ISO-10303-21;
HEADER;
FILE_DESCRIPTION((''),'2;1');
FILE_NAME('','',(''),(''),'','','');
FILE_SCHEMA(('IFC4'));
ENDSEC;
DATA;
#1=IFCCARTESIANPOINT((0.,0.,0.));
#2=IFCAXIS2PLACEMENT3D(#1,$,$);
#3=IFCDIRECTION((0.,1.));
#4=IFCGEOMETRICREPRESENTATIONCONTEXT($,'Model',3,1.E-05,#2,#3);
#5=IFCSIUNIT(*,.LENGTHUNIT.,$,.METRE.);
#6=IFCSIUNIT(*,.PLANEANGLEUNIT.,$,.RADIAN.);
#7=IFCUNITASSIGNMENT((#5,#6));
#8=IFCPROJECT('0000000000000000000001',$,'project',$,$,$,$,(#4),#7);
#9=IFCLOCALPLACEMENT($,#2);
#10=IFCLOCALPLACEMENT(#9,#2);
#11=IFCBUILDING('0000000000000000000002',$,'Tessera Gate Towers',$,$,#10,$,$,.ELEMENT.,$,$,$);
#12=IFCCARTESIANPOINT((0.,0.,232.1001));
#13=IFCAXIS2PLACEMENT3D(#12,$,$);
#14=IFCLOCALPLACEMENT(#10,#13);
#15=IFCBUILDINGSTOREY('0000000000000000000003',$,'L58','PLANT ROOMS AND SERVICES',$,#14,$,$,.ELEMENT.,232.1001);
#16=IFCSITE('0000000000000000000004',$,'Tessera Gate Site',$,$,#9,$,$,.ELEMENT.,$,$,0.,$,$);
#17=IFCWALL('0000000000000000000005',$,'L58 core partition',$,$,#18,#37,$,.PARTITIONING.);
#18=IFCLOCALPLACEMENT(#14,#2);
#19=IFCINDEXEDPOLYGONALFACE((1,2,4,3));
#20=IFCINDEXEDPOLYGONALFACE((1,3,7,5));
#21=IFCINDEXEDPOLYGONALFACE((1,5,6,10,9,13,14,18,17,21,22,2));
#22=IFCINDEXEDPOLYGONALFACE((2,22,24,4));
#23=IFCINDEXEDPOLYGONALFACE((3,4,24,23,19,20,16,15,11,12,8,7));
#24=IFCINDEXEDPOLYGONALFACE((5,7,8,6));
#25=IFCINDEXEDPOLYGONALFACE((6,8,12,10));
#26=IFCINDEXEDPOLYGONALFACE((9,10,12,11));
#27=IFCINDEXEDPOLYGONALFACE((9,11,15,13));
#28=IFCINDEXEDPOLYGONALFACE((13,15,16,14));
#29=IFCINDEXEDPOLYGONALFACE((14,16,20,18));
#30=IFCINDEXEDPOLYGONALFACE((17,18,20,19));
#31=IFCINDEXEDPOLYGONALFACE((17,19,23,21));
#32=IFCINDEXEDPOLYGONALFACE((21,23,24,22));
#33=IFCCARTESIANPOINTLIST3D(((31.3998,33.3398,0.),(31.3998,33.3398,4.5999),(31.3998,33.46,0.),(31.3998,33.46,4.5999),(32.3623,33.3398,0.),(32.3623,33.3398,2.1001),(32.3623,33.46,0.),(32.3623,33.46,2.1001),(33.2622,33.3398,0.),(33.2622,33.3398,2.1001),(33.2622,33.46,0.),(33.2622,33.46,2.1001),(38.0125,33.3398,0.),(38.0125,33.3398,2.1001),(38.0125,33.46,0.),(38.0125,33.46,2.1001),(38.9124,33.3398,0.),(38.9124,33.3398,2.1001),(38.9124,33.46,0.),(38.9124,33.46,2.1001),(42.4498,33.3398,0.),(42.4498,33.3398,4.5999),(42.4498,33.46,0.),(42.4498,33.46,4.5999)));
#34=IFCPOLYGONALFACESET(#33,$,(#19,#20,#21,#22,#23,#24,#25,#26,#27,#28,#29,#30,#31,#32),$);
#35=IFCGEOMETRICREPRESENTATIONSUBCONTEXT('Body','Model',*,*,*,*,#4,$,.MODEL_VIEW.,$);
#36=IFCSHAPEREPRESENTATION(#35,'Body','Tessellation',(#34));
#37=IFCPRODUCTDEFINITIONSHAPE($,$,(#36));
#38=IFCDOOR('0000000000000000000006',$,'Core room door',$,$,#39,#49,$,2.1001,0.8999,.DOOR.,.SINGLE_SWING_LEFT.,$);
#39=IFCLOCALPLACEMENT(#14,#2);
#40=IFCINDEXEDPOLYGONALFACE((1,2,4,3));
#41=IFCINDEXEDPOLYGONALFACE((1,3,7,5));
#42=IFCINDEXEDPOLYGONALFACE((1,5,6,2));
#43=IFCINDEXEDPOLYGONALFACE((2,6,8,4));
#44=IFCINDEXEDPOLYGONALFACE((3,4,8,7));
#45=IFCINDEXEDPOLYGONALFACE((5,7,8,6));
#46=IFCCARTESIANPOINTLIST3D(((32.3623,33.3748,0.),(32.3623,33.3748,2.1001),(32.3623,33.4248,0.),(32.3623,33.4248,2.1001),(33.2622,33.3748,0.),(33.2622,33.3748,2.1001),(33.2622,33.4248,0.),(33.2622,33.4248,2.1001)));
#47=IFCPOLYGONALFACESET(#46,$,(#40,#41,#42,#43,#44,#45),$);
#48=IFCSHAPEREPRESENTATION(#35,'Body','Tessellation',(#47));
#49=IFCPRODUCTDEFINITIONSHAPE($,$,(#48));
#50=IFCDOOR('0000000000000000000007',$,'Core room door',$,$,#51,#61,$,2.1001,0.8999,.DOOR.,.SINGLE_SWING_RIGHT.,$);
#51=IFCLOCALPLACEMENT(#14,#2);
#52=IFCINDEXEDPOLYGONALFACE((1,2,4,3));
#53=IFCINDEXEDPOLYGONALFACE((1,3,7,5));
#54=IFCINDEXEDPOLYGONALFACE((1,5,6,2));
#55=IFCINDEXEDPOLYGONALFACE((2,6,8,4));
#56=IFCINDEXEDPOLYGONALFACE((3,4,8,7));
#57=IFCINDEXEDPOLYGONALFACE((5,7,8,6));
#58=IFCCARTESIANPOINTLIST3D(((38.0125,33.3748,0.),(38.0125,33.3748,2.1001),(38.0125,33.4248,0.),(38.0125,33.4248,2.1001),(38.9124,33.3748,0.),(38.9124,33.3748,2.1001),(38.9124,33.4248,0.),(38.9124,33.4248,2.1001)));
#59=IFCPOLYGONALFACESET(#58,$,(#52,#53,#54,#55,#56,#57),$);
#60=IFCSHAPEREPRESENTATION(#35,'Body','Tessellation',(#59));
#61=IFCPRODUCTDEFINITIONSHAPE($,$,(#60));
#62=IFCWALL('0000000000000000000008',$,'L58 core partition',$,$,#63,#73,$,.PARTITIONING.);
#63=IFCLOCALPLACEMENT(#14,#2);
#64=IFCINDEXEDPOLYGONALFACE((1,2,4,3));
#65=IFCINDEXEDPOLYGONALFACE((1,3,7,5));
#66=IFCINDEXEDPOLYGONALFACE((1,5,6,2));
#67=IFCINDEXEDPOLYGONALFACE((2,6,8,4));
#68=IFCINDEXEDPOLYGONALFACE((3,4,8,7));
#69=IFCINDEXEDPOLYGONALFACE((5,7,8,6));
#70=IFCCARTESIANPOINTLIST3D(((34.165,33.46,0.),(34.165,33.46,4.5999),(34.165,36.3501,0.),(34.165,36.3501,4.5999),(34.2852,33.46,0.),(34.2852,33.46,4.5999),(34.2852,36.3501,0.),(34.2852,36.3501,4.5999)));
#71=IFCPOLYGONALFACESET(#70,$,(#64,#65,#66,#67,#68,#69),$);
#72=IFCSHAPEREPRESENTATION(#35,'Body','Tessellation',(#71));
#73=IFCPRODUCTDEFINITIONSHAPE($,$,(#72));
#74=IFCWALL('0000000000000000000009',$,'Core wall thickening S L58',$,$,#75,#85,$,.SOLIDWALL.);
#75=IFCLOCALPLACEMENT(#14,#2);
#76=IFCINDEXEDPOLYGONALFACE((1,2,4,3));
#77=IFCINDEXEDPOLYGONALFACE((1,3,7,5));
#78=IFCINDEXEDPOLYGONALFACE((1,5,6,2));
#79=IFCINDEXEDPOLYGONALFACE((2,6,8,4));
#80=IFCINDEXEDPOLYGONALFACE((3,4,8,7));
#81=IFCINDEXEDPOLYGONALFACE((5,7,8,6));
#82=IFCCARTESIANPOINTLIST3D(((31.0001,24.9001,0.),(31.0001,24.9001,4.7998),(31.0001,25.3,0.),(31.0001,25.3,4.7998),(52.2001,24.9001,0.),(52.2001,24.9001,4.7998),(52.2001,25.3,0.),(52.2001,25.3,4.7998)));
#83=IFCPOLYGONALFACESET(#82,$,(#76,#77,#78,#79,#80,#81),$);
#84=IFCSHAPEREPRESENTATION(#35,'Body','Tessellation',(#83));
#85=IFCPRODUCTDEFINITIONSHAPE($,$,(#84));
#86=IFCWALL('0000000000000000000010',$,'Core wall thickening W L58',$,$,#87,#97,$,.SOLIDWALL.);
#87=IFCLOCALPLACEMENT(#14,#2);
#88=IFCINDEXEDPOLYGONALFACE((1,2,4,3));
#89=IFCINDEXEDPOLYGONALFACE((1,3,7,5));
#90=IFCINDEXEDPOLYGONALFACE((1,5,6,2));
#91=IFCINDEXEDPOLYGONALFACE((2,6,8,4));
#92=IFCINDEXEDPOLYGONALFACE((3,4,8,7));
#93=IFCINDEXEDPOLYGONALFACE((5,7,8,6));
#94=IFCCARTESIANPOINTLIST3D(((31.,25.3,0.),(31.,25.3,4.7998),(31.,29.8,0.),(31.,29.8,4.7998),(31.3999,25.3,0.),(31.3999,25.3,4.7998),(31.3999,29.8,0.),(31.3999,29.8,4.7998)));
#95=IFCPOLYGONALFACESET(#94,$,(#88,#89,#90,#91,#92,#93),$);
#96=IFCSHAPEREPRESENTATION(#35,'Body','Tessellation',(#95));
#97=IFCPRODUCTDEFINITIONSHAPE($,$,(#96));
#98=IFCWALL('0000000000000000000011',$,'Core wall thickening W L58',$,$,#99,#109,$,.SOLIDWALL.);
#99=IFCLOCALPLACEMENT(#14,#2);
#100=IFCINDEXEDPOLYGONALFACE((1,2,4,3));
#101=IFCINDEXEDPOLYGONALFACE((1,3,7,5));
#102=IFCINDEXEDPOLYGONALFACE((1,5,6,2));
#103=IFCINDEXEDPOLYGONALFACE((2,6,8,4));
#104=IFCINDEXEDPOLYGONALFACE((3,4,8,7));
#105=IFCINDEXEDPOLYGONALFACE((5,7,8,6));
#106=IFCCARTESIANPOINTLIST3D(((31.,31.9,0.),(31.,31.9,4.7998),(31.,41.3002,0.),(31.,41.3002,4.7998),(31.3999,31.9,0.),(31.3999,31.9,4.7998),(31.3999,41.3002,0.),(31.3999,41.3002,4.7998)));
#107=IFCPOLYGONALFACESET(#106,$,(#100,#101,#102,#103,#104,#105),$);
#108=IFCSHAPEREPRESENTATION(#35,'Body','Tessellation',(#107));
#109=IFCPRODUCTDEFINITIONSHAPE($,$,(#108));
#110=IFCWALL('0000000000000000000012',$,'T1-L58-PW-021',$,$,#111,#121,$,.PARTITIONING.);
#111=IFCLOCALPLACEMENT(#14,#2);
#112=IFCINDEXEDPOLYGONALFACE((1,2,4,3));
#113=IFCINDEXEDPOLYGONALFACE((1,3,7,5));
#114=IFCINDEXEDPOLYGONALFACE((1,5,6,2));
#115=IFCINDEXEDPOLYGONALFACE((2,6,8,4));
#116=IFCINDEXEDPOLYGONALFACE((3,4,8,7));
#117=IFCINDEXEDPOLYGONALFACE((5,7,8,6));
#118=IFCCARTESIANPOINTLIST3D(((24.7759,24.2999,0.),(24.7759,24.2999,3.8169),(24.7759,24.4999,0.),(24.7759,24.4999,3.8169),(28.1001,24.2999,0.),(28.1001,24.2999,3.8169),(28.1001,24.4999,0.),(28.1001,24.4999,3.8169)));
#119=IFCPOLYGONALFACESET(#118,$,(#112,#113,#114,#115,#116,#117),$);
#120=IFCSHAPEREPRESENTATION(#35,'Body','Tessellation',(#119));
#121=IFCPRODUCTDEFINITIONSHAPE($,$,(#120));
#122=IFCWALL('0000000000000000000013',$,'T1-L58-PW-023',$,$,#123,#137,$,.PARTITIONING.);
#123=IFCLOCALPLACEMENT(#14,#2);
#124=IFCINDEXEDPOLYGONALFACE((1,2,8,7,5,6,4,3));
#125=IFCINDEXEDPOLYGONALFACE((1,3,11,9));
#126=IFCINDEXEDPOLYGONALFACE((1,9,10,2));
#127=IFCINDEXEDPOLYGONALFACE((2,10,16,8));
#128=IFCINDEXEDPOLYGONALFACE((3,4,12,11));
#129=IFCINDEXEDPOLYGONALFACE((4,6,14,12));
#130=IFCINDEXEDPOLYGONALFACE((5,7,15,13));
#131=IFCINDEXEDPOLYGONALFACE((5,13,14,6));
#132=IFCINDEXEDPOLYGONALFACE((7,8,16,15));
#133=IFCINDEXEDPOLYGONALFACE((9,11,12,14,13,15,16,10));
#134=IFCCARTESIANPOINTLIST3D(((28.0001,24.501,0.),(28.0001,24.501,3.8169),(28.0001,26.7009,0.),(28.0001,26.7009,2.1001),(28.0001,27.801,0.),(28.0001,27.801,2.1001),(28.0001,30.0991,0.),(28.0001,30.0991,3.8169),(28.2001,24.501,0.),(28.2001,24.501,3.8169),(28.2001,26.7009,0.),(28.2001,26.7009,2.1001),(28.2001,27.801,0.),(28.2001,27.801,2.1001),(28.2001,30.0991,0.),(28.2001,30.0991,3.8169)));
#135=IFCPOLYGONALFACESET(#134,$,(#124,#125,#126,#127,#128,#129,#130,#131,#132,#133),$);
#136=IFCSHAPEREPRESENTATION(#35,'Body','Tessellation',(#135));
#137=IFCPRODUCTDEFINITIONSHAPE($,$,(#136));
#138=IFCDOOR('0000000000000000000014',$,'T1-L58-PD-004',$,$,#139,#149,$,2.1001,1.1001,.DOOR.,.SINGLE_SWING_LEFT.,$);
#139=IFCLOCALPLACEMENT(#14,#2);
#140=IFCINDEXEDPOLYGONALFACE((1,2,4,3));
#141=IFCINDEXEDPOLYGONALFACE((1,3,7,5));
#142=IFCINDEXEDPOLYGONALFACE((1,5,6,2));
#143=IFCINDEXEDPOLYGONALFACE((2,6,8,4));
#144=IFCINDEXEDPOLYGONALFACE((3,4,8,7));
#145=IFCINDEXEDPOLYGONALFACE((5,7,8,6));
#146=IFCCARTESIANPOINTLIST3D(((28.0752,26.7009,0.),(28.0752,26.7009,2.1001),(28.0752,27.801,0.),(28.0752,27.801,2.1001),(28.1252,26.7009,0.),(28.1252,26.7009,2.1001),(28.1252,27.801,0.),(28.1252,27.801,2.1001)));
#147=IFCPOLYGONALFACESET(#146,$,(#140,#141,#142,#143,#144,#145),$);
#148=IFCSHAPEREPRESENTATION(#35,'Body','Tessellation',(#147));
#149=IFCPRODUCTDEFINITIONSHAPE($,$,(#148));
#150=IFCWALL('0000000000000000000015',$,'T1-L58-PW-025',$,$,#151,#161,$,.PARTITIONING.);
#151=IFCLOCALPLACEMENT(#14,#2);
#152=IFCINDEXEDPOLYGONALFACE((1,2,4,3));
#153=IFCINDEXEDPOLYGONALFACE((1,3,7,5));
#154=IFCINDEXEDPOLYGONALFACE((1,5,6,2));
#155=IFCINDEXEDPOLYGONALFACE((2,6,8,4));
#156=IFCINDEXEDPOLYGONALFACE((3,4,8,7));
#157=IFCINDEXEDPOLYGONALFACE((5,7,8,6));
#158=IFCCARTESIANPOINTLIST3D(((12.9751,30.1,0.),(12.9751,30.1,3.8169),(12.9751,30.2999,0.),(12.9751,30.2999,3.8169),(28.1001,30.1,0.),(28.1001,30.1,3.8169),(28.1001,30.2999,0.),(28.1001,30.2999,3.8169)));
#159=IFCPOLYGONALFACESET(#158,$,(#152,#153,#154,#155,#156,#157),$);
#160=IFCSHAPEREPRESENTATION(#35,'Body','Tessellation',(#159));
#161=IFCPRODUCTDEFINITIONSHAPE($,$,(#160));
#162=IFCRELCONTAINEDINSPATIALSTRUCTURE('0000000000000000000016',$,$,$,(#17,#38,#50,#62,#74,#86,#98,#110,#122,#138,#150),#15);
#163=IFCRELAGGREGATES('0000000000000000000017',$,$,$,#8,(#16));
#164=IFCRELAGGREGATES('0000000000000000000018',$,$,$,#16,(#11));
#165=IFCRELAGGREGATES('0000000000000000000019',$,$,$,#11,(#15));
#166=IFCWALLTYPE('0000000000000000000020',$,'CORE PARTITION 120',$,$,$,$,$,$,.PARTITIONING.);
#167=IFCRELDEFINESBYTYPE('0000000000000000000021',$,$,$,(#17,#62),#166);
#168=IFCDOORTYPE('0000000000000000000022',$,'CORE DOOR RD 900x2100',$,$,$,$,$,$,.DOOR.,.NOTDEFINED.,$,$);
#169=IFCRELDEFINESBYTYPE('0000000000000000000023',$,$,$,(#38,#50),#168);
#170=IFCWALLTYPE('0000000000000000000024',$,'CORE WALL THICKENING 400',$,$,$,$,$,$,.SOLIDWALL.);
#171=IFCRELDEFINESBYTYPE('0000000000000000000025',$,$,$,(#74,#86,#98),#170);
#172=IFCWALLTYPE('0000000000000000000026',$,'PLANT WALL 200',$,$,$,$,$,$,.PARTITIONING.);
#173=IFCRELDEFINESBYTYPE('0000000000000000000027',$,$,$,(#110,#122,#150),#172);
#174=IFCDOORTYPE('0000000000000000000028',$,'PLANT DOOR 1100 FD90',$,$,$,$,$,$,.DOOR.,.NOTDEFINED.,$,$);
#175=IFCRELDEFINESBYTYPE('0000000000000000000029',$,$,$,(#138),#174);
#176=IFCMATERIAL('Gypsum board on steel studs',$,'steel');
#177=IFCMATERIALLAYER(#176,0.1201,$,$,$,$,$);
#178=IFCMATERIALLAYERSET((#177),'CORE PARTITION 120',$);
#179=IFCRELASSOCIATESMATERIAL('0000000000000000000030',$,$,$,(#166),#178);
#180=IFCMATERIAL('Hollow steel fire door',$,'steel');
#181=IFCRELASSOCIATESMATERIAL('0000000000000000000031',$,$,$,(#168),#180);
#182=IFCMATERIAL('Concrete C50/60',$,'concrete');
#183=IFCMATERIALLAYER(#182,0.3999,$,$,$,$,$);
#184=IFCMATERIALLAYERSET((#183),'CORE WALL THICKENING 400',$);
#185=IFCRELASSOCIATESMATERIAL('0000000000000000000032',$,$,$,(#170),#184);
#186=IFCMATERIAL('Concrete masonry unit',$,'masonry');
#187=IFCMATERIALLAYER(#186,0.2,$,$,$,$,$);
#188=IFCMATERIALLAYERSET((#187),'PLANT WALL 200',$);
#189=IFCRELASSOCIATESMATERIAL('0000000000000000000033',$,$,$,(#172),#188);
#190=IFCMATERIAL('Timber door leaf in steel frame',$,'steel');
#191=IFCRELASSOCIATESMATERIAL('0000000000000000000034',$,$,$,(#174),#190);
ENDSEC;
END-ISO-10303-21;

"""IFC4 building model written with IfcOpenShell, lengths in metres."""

from ifc_helpers import new_model, si_unit, direction, frame, frame_2d, origin, place, context, subcontext, project, spatial, rectangle, extrude, source, transform, mapped, material, layer, layer_set, type_object, element, fill, save


model = new_model("IFC4")

# Units and contexts
model_context = context("Model", 3, precision=1e-05, world=origin(), true_north=direction((0.0, 1.0)))
body_context = subcontext(model_context, "Body", "Model", "MODEL_VIEW")
ifc_project = project(units=[si_unit("LENGTHUNIT", "METRE"), si_unit("PLANEANGLEUNIT", "RADIAN")], contexts=[model_context])

# Site, building, storey
site_placement = place(None, origin())
site = spatial("IfcSite", under=ifc_project, at=site_placement, Name="Tessera Gate Site", CompositionType="ELEMENT", RefElevation=0.0)
building_placement = place(site_placement, origin())
building = spatial("IfcBuilding", under=site, at=building_placement, Name="Tessera Gate Towers", CompositionType="ELEMENT")
storey_placement = place(building_placement, frame((0.0, 0.0, 232.1001)))
storey = spatial("IfcBuildingStorey", under=building, at=storey_placement, Name="L58", Description="PLANT ROOMS AND SERVICES", CompositionType="ELEMENT", Elevation=232.1001)

# Wall, openings, doors
ifc_material_1 = material(Name="Gypsum board on steel studs", Category="steel")
ifc_layer_1 = layer(ifc_material_1, 0.1201)
ifc_layer_set_1 = layer_set([ifc_layer_1], Name="CORE PARTITION 120")
wall_type_1 = type_object("IfcWallType", Name="CORE PARTITION 120", PredefinedType="PARTITIONING", material=ifc_layer_set_1)
wall_1_placement = place(storey_placement, frame((31.3999, 33.3999, 0.0), z_axis=(0.0, 0.0, 1.0), x_axis=(1.0, 0.0, 0.0)))
wall_1 = element("IfcWall", 1, at=wall_1_placement, inside=storey, type_object=wall_type_1, Name="L58 core partition", PredefinedType="PARTITIONING", context=body_context, shape_type="SweptSolid", body=[
    extrude(rectangle(XDim=11.05, YDim=0.1201, at=frame_2d((5.5249, 0.0))), origin(), (0.0, 0.0, 1.0), 4.5999),
])
shared_shape_1 = source(origin(), body_context, "Body", "SweptSolid", [
    extrude(rectangle(XDim=0.8999, YDim=2.1001, at=frame_2d((0.45, 1.05))), frame((0.0, 0.0701, 0.0), z_axis=(0.0, -1.0, 0.0), x_axis=(1.0, 0.0, 0.0)), (0.0, 0.0, 1.0), 0.1401),
])
opening_1_placement = place(wall_1_placement, frame((0.9624, 0.0, 0.0)))
opening_1 = element("IfcOpeningElement", 2, at=opening_1_placement, cuts=wall_1, PredefinedType="OPENING", context=body_context, shape_type="MappedRepresentation", body=[
    mapped(shared_shape_1, transform((0.0, 0.0, 0.0), scale=1.0)),
])
opening_2_placement = place(wall_1_placement, frame((6.6125, 0.0, 0.0)))
opening_2 = element("IfcOpeningElement", 3, at=opening_2_placement, cuts=wall_1, PredefinedType="OPENING", context=body_context, shape_type="MappedRepresentation", body=[
    mapped(shared_shape_1, transform((0.0, 0.0, 0.0), scale=1.0)),
])
ifc_material_2 = material(Name="Hollow steel fire door", Category="steel")
door_type_1 = type_object("IfcDoorType", Name="CORE DOOR RD 900x2100", OperationType="NOTDEFINED", PredefinedType="DOOR", material=ifc_material_2)
shared_shape_2 = source(origin(), body_context, "Body", "SweptSolid", [
    extrude(rectangle(XDim=0.8999, YDim=2.1001, at=frame_2d((0.45, 1.05))), frame((0.0, 0.0249, 0.0), z_axis=(0.0, -1.0, 0.0), x_axis=(1.0, 0.0, 0.0)), (0.0, 0.0, 1.0), 0.05),
])
door_1_placement = place(opening_1_placement, origin())
door_1 = element("IfcDoor", 4, at=door_1_placement, inside=storey, type_object=door_type_1, Name="Core room door", OperationType="SINGLE_SWING_LEFT", OverallHeight=2.1001, OverallWidth=0.8999, PredefinedType="DOOR", context=body_context, shape_type="MappedRepresentation", body=[
    mapped(shared_shape_2, transform((0.0, 0.0, 0.0), scale=1.0)),
])
fill(opening_1, door_1)
door_2_placement = place(opening_2_placement, origin())
door_2 = element("IfcDoor", 5, at=door_2_placement, inside=storey, type_object=door_type_1, Name="Core room door", OperationType="SINGLE_SWING_RIGHT", OverallHeight=2.1001, OverallWidth=0.8999, PredefinedType="DOOR", context=body_context, shape_type="MappedRepresentation", body=[
    mapped(shared_shape_2, transform((0.0, 0.0, 0.0), scale=1.0)),
])
fill(opening_2, door_2)

# Wall
wall_2_placement = place(storey_placement, frame((34.2251, 33.46, 0.0), z_axis=(0.0, 0.0, 1.0), x_axis=(0.0, 1.0, 0.0)))
element("IfcWall", 6, at=wall_2_placement, inside=storey, type_object=wall_type_1, Name="L58 core partition", PredefinedType="PARTITIONING", context=body_context, shape_type="SweptSolid", body=[
    extrude(rectangle(XDim=2.8901, YDim=0.1201, at=frame_2d((1.4451, 0.0))), origin(), (0.0, 0.0, 1.0), 4.5999),
])

# Walls
ifc_material_3 = material(Name="Concrete C50/60", Category="concrete")
ifc_layer_2 = layer(ifc_material_3, 0.3999)
ifc_layer_set_2 = layer_set([ifc_layer_2], Name="CORE WALL THICKENING 400")
wall_type_2 = type_object("IfcWallType", Name="CORE WALL THICKENING 400", PredefinedType="SOLIDWALL", material=ifc_layer_set_2)
wall_3_placement = place(storey_placement, frame((31.0, 25.1001, 0.0), z_axis=(0.0, 0.0, 1.0), x_axis=(1.0, 0.0, 0.0)))
element("IfcWall", 7, at=wall_3_placement, inside=storey, type_object=wall_type_2, Name="Core wall thickening S L58", PredefinedType="SOLIDWALL", context=body_context, shape_type="SweptSolid", body=[
    extrude(rectangle(XDim=21.2, YDim=0.3999, at=frame_2d((10.6001, 0.0))), origin(), (0.0, 0.0, 1.0), 4.7998),
])
wall_4_placement = place(storey_placement, frame((31.2, 25.3, 0.0), z_axis=(0.0, 0.0, 1.0), x_axis=(0.0, 1.0, 0.0)))
element("IfcWall", 8, at=wall_4_placement, inside=storey, type_object=wall_type_2, Name="Core wall thickening W L58", PredefinedType="SOLIDWALL", context=body_context, shape_type="SweptSolid", body=[
    extrude(rectangle(XDim=4.5, YDim=0.3999, at=frame_2d((2.25, 0.0))), origin(), (0.0, 0.0, 1.0), 4.7998),
])
wall_5_placement = place(storey_placement, frame((31.2, 31.8999, 0.0), z_axis=(0.0, 0.0, 1.0), x_axis=(0.0, 1.0, 0.0)))
element("IfcWall", 9, at=wall_5_placement, inside=storey, type_object=wall_type_2, Name="Core wall thickening W L58", PredefinedType="SOLIDWALL", context=body_context, shape_type="SweptSolid", body=[
    extrude(rectangle(XDim=9.4001, YDim=0.3999, at=frame_2d((4.7002, 0.0))), origin(), (0.0, 0.0, 1.0), 4.7998),
])
ifc_material_4 = material(Name="Concrete masonry unit", Category="masonry")
ifc_layer_3 = layer(ifc_material_4, 0.2)
ifc_layer_set_3 = layer_set([ifc_layer_3], Name="PLANT WALL 200")
wall_type_3 = type_object("IfcWallType", Name="PLANT WALL 200", PredefinedType="PARTITIONING", material=ifc_layer_set_3)
wall_6_placement = place(storey_placement, frame((24.7759, 24.3999, 0.0), z_axis=(0.0, 0.0, 1.0), x_axis=(1.0, 0.0, 0.0)))
element("IfcWall", 10, at=wall_6_placement, inside=storey, type_object=wall_type_3, Name="T1-L58-PW-021", PredefinedType="PARTITIONING", context=body_context, shape_type="SweptSolid", body=[
    extrude(rectangle(XDim=3.3242, YDim=0.2, at=frame_2d((1.6621, 0.0))), origin(), (0.0, 0.0, 1.0), 3.8169),
])

# Wall, opening, door
wall_7_placement = place(storey_placement, frame((28.1001, 24.501, 0.0), z_axis=(0.0, 0.0, 1.0), x_axis=(0.0, 1.0, 0.0)))
wall_7 = element("IfcWall", 11, at=wall_7_placement, inside=storey, type_object=wall_type_3, Name="T1-L58-PW-023", PredefinedType="PARTITIONING", context=body_context, shape_type="SweptSolid", body=[
    extrude(rectangle(XDim=5.5981, YDim=0.2, at=frame_2d((2.7991, 0.0))), origin(), (0.0, 0.0, 1.0), 3.8169),
])
shared_shape_3 = source(origin(), body_context, "Body", "SweptSolid", [
    extrude(rectangle(XDim=1.1001, YDim=2.1001, at=frame_2d((0.55, 1.05))), frame((0.0, 0.1099, 0.0), z_axis=(0.0, -1.0, 0.0), x_axis=(1.0, 0.0, 0.0)), (0.0, 0.0, 1.0), 0.22),
])
opening_3_placement = place(wall_7_placement, frame((2.2, 0.0, 0.0)))
opening_3 = element("IfcOpeningElement", 12, at=opening_3_placement, cuts=wall_7, PredefinedType="OPENING", context=body_context, shape_type="MappedRepresentation", body=[
    mapped(shared_shape_3, transform((0.0, 0.0, 0.0), scale=1.0)),
])
ifc_material_5 = material(Name="Timber door leaf in steel frame", Category="steel")
door_type_2 = type_object("IfcDoorType", Name="PLANT DOOR 1100 FD90", OperationType="NOTDEFINED", PredefinedType="DOOR", material=ifc_material_5)
shared_shape_4 = source(origin(), body_context, "Body", "SweptSolid", [
    extrude(rectangle(XDim=1.1001, YDim=2.1001, at=frame_2d((0.55, 1.05))), frame((0.0, 0.0249, 0.0), z_axis=(0.0, -1.0, 0.0), x_axis=(1.0, 0.0, 0.0)), (0.0, 0.0, 1.0), 0.05),
])
door_3_placement = place(opening_3_placement, origin())
door_3 = element("IfcDoor", 13, at=door_3_placement, inside=storey, type_object=door_type_2, Name="T1-L58-PD-004", OperationType="SINGLE_SWING_LEFT", OverallHeight=2.1001, OverallWidth=1.1001, PredefinedType="DOOR", context=body_context, shape_type="MappedRepresentation", body=[
    mapped(shared_shape_4, transform((0.0, 0.0, 0.0), scale=1.0)),
])
fill(opening_3, door_3)

# Wall
wall_8_placement = place(storey_placement, frame((12.9751, 30.2, 0.0), z_axis=(0.0, 0.0, 1.0), x_axis=(1.0, 0.0, 0.0)))
element("IfcWall", 14, at=wall_8_placement, inside=storey, type_object=wall_type_3, Name="T1-L58-PW-025", PredefinedType="PARTITIONING", context=body_context, shape_type="SweptSolid", body=[
    extrude(rectangle(XDim=15.125, YDim=0.2, at=frame_2d((7.5625, 0.0))), origin(), (0.0, 0.0, 1.0), 3.8169),
])

save(model, "model.ifc")
